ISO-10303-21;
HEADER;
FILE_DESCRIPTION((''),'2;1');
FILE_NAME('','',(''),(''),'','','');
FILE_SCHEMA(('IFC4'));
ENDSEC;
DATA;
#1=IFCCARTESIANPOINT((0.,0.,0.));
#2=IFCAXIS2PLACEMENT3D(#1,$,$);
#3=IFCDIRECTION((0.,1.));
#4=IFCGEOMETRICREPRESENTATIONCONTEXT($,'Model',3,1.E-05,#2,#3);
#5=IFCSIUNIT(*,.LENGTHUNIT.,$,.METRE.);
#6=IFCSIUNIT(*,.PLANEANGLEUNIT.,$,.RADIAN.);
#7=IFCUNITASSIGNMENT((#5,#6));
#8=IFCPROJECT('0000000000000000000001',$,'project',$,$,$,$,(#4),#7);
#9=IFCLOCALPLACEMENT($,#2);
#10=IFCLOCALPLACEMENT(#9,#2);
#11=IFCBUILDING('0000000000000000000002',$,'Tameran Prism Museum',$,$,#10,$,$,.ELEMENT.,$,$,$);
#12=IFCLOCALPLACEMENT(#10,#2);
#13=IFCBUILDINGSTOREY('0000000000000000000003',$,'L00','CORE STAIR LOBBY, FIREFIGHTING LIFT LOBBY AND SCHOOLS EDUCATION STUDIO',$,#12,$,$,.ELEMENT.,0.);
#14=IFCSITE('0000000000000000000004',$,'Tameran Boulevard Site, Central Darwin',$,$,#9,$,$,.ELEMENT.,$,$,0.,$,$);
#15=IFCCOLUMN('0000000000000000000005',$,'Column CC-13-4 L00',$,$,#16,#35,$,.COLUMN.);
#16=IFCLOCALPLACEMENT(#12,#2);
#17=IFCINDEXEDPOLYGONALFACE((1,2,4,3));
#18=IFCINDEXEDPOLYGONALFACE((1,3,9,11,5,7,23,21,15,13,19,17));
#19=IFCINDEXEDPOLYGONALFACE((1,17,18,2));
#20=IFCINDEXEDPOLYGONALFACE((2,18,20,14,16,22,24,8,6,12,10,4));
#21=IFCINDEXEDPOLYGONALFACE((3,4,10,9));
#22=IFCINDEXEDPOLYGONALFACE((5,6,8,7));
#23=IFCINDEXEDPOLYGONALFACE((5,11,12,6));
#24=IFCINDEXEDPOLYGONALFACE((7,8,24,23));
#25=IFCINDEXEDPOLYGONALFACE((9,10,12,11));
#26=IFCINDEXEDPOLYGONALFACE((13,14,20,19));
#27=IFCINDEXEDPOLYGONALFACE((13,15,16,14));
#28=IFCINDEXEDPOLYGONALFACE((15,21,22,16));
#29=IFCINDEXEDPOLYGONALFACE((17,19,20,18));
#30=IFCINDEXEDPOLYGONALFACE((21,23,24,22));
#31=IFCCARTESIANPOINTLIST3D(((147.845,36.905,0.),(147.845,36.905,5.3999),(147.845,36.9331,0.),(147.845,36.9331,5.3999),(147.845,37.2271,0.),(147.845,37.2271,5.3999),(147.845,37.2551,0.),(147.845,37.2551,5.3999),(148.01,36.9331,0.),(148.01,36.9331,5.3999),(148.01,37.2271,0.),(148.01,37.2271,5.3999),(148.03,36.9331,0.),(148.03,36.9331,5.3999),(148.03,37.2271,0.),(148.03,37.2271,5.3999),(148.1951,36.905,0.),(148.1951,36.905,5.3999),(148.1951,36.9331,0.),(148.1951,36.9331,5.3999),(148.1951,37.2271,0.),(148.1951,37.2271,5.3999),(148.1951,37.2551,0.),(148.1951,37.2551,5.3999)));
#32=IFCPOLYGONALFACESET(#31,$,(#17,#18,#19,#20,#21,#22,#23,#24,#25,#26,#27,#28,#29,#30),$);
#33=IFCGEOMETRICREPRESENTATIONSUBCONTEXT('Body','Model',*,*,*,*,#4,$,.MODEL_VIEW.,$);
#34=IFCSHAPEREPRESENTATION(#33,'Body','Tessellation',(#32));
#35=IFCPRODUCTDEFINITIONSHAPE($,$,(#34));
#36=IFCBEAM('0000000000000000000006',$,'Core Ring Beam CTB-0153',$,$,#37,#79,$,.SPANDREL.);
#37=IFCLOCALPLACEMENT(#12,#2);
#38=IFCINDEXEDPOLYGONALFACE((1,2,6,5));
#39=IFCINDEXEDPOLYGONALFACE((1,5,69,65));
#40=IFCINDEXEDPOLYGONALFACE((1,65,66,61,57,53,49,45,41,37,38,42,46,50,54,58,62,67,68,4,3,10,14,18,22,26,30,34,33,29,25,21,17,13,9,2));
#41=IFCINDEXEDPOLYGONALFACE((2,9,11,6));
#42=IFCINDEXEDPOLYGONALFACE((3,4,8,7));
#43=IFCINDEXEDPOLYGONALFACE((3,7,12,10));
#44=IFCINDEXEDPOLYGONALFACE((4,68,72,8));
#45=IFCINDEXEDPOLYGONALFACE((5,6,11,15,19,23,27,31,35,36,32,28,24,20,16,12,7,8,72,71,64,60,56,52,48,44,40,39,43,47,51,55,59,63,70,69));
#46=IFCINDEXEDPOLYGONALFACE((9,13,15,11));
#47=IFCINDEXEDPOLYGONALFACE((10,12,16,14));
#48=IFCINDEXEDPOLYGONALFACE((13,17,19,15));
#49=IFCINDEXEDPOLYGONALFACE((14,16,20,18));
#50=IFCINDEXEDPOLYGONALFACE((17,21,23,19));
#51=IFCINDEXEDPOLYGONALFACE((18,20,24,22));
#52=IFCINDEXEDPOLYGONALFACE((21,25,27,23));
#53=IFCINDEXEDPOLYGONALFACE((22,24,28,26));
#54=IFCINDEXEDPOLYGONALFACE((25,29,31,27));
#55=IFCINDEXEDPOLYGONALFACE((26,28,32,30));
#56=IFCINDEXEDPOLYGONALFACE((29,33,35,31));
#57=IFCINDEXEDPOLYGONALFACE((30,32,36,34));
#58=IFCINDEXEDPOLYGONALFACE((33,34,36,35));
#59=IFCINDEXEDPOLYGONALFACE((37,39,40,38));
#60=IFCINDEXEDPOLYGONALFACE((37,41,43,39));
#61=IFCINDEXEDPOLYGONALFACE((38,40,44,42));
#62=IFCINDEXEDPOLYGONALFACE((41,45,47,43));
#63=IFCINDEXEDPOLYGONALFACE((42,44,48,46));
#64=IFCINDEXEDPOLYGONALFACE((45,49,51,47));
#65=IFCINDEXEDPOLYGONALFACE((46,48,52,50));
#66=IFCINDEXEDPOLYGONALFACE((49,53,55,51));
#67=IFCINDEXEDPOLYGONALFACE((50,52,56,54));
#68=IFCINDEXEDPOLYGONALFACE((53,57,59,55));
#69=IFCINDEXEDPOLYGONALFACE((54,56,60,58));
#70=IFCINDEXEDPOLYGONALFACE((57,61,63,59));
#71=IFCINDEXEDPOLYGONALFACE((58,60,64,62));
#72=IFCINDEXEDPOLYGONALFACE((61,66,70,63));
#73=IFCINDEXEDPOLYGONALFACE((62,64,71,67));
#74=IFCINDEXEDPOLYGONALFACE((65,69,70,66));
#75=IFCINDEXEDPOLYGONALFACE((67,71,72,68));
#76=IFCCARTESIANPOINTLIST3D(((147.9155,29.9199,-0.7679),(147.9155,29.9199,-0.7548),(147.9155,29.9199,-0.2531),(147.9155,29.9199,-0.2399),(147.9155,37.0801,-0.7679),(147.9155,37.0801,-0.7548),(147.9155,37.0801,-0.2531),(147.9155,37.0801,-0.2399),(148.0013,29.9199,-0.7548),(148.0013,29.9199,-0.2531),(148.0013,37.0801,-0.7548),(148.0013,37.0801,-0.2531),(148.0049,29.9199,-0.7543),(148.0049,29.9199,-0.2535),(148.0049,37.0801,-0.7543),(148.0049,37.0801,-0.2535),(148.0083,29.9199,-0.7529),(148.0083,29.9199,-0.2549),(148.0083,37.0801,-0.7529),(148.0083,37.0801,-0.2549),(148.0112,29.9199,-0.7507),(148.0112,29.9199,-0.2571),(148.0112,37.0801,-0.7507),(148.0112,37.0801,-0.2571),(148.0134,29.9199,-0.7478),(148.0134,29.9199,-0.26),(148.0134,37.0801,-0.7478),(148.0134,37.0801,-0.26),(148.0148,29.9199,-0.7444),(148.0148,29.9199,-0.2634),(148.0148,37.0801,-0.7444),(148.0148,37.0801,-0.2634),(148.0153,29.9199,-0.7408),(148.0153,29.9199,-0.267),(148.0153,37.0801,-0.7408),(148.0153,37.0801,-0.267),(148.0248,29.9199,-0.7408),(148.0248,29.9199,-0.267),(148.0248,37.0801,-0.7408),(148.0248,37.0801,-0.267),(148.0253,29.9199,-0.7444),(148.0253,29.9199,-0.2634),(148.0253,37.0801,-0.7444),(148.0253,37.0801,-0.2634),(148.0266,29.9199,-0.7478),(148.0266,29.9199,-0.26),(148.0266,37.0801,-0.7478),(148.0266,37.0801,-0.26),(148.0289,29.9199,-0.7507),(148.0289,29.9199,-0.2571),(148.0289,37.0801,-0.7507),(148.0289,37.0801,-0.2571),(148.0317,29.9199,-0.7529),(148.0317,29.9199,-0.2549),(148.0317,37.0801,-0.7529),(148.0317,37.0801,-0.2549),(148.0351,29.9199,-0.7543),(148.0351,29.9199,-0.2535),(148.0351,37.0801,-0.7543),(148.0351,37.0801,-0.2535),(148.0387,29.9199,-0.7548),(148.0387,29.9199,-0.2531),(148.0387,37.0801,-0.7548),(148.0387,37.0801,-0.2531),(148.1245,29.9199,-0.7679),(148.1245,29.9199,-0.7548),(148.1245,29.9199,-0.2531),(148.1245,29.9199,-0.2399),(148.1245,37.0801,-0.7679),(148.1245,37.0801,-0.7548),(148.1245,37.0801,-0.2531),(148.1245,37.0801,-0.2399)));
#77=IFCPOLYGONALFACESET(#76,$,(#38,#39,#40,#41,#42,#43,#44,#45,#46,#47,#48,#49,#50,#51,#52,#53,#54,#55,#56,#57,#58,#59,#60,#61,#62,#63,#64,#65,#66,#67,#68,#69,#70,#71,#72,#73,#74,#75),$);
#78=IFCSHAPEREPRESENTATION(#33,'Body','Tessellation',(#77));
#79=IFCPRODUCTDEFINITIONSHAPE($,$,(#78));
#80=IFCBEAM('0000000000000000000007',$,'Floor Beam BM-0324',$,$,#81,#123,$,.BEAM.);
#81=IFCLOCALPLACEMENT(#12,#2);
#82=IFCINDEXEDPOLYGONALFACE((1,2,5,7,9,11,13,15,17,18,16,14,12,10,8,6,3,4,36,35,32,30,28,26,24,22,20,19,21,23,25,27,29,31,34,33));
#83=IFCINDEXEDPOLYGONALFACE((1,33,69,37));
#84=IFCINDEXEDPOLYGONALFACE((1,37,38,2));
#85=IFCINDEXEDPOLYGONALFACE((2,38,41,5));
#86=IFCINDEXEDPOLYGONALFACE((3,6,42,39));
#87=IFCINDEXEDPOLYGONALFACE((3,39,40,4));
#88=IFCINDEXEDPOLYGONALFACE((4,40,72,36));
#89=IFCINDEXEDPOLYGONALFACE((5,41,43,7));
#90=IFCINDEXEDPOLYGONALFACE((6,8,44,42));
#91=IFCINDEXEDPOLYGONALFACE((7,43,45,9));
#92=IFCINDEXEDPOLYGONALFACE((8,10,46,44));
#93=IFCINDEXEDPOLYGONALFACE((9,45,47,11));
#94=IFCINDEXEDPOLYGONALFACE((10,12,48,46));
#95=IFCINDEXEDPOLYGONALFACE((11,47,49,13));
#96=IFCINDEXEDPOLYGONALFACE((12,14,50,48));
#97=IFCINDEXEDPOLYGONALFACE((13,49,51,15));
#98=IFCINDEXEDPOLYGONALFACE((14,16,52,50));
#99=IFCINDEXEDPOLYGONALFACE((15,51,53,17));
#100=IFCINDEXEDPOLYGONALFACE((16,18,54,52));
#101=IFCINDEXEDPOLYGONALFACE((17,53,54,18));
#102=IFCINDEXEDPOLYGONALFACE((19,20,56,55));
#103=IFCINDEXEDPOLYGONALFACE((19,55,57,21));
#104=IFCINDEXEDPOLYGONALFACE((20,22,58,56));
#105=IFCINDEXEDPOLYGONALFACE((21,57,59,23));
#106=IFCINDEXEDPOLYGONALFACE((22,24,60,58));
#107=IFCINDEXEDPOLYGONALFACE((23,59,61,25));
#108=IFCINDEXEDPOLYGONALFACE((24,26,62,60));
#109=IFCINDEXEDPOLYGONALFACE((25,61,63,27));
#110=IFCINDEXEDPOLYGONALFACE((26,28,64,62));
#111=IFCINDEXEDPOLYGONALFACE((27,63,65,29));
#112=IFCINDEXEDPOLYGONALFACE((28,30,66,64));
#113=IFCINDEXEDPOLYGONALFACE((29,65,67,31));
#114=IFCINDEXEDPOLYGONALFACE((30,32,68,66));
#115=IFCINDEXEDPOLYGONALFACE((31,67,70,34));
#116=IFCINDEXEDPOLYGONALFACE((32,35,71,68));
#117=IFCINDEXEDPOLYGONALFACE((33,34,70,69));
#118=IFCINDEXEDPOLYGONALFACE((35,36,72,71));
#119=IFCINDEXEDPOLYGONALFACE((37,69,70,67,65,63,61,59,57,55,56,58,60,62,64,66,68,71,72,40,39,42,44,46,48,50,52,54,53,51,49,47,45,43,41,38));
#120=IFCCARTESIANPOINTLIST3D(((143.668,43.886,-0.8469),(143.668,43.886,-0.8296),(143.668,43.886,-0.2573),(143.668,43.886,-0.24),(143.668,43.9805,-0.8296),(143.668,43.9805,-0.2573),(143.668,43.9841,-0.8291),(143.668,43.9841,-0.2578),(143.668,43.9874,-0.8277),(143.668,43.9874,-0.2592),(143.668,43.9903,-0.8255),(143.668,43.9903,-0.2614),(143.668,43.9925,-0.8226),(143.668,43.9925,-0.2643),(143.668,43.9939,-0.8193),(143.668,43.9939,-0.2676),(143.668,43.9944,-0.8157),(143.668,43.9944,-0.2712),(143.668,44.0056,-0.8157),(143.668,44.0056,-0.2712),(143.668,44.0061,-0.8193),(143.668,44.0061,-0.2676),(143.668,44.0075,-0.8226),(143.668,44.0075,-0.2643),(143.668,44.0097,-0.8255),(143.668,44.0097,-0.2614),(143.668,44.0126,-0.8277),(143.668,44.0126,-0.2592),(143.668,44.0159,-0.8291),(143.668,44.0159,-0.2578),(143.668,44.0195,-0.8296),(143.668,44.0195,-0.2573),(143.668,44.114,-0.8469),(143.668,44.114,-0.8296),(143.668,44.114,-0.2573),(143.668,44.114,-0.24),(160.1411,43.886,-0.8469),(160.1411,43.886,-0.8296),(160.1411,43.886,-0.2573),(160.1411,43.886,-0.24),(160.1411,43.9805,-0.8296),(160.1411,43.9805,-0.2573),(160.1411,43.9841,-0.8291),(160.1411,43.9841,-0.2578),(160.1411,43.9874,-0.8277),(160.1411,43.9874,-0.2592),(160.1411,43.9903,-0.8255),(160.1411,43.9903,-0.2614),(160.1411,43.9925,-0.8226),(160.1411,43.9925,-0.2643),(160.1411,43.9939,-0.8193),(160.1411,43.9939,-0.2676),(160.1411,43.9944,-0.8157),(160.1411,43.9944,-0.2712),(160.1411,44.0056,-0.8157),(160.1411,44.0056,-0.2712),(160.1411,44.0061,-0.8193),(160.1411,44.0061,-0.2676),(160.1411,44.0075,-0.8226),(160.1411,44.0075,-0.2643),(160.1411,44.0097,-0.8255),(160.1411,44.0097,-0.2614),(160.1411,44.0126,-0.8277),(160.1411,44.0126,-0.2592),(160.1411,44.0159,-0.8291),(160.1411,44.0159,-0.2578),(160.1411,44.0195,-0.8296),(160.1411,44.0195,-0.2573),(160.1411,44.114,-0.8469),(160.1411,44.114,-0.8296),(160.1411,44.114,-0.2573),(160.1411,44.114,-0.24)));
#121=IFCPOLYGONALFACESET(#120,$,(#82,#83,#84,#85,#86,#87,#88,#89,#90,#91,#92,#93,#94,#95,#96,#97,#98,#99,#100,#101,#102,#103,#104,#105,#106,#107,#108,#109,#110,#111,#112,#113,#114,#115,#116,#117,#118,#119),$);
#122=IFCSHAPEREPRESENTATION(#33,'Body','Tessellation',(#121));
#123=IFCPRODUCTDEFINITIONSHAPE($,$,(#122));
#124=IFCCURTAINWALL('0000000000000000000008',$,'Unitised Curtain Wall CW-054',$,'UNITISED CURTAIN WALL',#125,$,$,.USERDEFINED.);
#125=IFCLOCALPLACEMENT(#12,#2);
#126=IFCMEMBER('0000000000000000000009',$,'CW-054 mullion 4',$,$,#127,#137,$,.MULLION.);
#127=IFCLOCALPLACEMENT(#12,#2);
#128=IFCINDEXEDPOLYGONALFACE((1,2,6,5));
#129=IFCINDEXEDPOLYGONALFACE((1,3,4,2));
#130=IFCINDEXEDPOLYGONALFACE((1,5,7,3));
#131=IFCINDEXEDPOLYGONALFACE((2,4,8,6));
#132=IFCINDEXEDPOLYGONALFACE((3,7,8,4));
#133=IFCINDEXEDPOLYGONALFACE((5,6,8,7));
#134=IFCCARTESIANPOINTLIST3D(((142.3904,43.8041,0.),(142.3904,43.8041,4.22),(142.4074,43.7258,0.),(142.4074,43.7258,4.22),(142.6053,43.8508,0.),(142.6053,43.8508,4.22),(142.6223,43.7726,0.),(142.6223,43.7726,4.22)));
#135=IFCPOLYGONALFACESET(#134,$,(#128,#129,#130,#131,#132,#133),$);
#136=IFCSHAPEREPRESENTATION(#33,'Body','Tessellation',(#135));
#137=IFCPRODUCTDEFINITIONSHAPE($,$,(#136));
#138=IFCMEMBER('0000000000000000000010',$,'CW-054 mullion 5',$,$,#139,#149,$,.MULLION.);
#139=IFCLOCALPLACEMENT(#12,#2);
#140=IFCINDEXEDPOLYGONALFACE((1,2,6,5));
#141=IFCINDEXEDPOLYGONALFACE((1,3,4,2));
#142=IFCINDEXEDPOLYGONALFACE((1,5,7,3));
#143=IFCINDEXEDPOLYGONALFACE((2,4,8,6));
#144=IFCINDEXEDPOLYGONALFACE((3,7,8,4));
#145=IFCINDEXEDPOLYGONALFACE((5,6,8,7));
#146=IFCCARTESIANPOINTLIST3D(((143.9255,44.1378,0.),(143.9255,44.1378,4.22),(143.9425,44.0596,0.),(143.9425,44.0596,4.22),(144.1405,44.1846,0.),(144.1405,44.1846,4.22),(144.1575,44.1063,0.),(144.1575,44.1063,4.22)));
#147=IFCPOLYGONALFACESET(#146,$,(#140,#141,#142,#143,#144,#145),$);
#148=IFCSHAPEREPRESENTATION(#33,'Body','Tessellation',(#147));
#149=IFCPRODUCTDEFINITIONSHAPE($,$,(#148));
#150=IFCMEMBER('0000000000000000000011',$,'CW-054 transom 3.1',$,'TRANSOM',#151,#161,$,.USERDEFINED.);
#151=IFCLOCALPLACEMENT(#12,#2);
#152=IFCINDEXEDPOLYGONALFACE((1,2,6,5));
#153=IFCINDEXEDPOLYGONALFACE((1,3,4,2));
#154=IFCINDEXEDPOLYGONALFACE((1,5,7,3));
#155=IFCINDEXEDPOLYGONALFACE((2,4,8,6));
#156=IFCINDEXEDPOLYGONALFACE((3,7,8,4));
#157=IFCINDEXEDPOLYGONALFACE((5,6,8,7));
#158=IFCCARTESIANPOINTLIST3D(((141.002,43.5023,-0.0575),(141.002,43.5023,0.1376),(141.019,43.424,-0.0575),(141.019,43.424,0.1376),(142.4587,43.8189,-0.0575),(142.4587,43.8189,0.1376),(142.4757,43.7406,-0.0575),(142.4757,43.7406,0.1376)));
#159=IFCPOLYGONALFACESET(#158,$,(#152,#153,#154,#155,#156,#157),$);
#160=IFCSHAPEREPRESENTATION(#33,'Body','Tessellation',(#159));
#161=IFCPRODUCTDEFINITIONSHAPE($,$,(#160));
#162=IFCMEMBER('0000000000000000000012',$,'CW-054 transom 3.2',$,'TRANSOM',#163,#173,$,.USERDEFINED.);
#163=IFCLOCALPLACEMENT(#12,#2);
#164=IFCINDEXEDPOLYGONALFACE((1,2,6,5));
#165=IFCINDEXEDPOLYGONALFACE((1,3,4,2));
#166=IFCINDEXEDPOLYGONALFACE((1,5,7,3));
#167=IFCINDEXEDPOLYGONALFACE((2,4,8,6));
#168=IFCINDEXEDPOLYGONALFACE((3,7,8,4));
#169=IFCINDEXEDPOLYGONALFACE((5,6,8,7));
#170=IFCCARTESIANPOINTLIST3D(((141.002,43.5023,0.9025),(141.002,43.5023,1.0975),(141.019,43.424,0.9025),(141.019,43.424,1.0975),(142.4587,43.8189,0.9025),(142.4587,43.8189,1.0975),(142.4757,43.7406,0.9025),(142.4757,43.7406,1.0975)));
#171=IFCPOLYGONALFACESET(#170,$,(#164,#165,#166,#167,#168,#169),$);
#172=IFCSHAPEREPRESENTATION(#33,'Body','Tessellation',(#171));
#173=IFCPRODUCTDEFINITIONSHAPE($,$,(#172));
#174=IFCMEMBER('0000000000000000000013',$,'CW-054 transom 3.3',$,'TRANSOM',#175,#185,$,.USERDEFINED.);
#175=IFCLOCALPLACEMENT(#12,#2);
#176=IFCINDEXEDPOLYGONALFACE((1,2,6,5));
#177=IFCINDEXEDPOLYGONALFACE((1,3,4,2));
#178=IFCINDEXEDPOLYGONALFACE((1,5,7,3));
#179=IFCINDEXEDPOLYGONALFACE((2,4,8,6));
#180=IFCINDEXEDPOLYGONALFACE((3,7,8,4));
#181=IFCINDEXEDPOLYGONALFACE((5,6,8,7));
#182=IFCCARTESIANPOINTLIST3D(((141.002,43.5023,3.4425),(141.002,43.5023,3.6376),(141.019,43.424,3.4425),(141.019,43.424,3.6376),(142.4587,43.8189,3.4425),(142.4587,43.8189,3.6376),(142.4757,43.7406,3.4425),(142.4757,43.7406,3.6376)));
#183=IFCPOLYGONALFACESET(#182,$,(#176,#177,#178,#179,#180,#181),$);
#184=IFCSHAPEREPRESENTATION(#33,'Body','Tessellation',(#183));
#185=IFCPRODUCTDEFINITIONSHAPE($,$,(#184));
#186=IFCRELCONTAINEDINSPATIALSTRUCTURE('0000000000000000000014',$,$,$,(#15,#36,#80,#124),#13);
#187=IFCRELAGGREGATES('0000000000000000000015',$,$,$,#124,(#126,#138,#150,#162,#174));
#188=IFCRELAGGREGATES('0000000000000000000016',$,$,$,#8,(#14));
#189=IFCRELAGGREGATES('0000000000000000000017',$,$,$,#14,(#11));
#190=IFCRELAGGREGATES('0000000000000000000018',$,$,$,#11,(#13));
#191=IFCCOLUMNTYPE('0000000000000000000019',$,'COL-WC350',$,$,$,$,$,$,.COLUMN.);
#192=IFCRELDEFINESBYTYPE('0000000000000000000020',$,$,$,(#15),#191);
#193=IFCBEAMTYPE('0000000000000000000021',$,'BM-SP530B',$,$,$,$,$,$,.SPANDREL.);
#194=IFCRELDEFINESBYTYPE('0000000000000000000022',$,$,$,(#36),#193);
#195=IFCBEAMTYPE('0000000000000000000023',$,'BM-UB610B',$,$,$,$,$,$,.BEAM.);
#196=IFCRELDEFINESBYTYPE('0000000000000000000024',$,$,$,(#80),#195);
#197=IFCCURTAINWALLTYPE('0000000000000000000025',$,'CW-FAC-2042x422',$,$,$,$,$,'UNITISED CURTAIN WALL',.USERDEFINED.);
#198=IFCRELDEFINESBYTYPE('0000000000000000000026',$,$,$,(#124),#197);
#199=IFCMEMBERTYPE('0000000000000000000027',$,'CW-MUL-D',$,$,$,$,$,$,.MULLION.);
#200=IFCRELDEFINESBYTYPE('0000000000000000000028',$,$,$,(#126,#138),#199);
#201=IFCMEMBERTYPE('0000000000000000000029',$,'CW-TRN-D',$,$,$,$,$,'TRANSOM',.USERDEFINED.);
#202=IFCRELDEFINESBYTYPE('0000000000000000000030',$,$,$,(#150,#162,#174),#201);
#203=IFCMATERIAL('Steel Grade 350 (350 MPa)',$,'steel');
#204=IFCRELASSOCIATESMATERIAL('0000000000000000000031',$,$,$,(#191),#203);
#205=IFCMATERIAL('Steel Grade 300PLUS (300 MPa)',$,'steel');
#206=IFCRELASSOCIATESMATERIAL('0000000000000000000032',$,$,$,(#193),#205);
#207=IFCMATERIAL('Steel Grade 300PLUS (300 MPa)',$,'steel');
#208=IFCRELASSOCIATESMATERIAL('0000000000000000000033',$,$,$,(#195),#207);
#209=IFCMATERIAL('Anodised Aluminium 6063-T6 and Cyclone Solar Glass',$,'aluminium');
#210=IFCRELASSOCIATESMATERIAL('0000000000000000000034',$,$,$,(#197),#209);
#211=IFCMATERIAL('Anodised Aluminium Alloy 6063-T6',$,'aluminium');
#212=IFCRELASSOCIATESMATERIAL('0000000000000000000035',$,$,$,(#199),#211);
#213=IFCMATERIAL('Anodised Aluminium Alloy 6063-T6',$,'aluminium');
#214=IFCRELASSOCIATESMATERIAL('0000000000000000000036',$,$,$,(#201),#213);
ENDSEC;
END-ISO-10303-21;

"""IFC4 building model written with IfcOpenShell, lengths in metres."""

from ifc_helpers import new_model, si_unit, direction, frame, origin, origin_2d, place, context, subcontext, project, spatial, rectangle, i_section, extrude, material, material_profile, profile_set, type_object, element, aggregate, save


model = new_model("IFC4")

# Units and contexts
model_context = context("Model", 3, precision=1e-05, world=origin(), true_north=direction((0.0, 1.0)))
body_context = subcontext(model_context, "Body", "Model", "MODEL_VIEW")
ifc_project = project(units=[si_unit("LENGTHUNIT", "METRE"), si_unit("PLANEANGLEUNIT", "RADIAN")], contexts=[model_context])

# Site, building, storey
site_placement = place(None, origin())
site = spatial("IfcSite", under=ifc_project, at=site_placement, Name="Tameran Boulevard Site, Central Darwin", CompositionType="ELEMENT", RefElevation=0.0)
building_placement = place(site_placement, origin())
building = spatial("IfcBuilding", under=site, at=building_placement, Name="Tameran Prism Museum", CompositionType="ELEMENT")
storey_placement = place(building_placement, origin())
storey = spatial("IfcBuildingStorey", under=building, at=storey_placement, Name="L00", Description="CORE STAIR LOBBY, FIREFIGHTING LIFT LOBBY AND SCHOOLS EDUCATION STUDIO", CompositionType="ELEMENT", Elevation=0.0)

# Column
ifc_material_1 = material(Name="Steel Grade 350 (350 MPa)", Category="steel")
ifc_material_profile_1 = material_profile(ifc_material_1, i_section(OverallWidth=0.3501, OverallDepth=0.3501, WebThickness=0.02, FlangeThickness=0.0281, at=origin_2d()))
ifc_profile_set_1 = profile_set([ifc_material_profile_1])
column_type = type_object("IfcColumnType", Name="COL-WC350", PredefinedType="COLUMN", material=ifc_profile_set_1)
column_placement = place(storey_placement, frame((148.02, 37.0801, 0.0), z_axis=(0.0, 0.0, 1.0), x_axis=(1.0, 0.0, 0.0)))
element("IfcColumn", 1, at=column_placement, inside=storey, type_object=column_type, Name="Column CC-13-4 L00", PredefinedType="COLUMN", context=body_context, shape_type="SweptSolid", body=[
    extrude(i_section(OverallWidth=0.3501, OverallDepth=0.3501, WebThickness=0.02, FlangeThickness=0.0281, at=origin_2d()), origin(), (0.0, 0.0, 1.0), 5.3999),
])

# Beams
ifc_material_2 = material(Name="Steel Grade 300PLUS (300 MPa)", Category="steel")
ifc_material_profile_2 = material_profile(ifc_material_2, i_section(OverallWidth=0.209, OverallDepth=0.5281, WebThickness=0.0095, FlangeThickness=0.0132, FilletRadius=0.0139, at=origin_2d()))
ifc_profile_set_2 = profile_set([ifc_material_profile_2])
beam_type_1 = type_object("IfcBeamType", Name="BM-SP530B", PredefinedType="SPANDREL", material=ifc_profile_set_2)
beam_1_placement = place(storey_placement, frame((148.02, 37.0801, -0.5039), z_axis=(0.0, -1.0, 0.0), x_axis=(1.0, 0.0, 0.0)))
element("IfcBeam", 2, at=beam_1_placement, inside=storey, type_object=beam_type_1, Name="Core Ring Beam CTB-0153", PredefinedType="SPANDREL", context=body_context, shape_type="SweptSolid", body=[
    extrude(i_section(OverallWidth=0.209, OverallDepth=0.5281, WebThickness=0.0095, FlangeThickness=0.0132, FilletRadius=0.0139, at=origin_2d()), origin(), (0.0, 0.0, 1.0), 7.1602),
])
ifc_material_3 = material(Name="Steel Grade 300PLUS (300 MPa)", Category="steel")
ifc_material_profile_3 = material_profile(ifc_material_3, i_section(OverallWidth=0.228, OverallDepth=0.6069, WebThickness=0.0112, FlangeThickness=0.0173, FilletRadius=0.0139, at=origin_2d()))
ifc_profile_set_3 = profile_set([ifc_material_profile_3])
beam_type_2 = type_object("IfcBeamType", Name="BM-UB610B", PredefinedType="BEAM", material=ifc_profile_set_3)
beam_2_placement = place(storey_placement, frame((143.668, 44.0, -0.5435), z_axis=(1.0, 0.0, 0.0), x_axis=(0.0, 1.0, 0.0)))
element("IfcBeam", 3, at=beam_2_placement, inside=storey, type_object=beam_type_2, Name="Floor Beam BM-0324", PredefinedType="BEAM", context=body_context, shape_type="SweptSolid", body=[
    extrude(i_section(OverallWidth=0.228, OverallDepth=0.6069, WebThickness=0.0112, FlangeThickness=0.0173, FilletRadius=0.0139, at=origin_2d()), origin(), (0.0, 0.0, 1.0), 16.4731),
])

# Curtain wall, members
ifc_material_4 = material(Name="Anodised Aluminium 6063-T6 and Cyclone Solar Glass", Category="aluminium")
curtain_wall_type = type_object("IfcCurtainWallType", Name="CW-FAC-2042x422", ElementType="UNITISED CURTAIN WALL", PredefinedType="USERDEFINED", material=ifc_material_4)
curtain_wall_placement = place(storey_placement, origin())
curtain_wall = element("IfcCurtainWall", 4, at=curtain_wall_placement, inside=storey, type_object=curtain_wall_type, Name="Unitised Curtain Wall CW-054", ObjectType="UNITISED CURTAIN WALL", PredefinedType="USERDEFINED")
ifc_material_5 = material(Name="Anodised Aluminium Alloy 6063-T6", Category="aluminium")
ifc_material_profile_4 = material_profile(ifc_material_5, rectangle(XDim=0.0801, YDim=0.22, at=origin_2d()))
ifc_profile_set_4 = profile_set([ifc_material_profile_4])
member_type_1 = type_object("IfcMemberType", Name="CW-MUL-D", PredefinedType="MULLION", material=ifc_profile_set_4)
member_1_placement = place(storey_placement, frame((142.5063, 43.7883, 0.0), z_axis=(0.0, 0.0, 1.0), x_axis=(-0.212454, 0.977171, 0.0)))
member_1 = element("IfcMember", 5, at=member_1_placement, type_object=member_type_1, Name="CW-054 mullion 4", PredefinedType="MULLION", context=body_context, shape_type="SweptSolid", body=[
    extrude(rectangle(XDim=0.0801, YDim=0.22, at=origin_2d()), origin(), (0.0, 0.0, 1.0), 4.22),
])
member_2_placement = place(storey_placement, frame((144.0415, 44.1221, 0.0), z_axis=(0.0, 0.0, 1.0), x_axis=(-0.212454, 0.977171, 0.0)))
member_2 = element("IfcMember", 6, at=member_2_placement, type_object=member_type_1, Name="CW-054 mullion 5", PredefinedType="MULLION", context=body_context, shape_type="SweptSolid", body=[
    extrude(rectangle(XDim=0.0801, YDim=0.22, at=origin_2d()), origin(), (0.0, 0.0, 1.0), 4.22),
])
ifc_material_6 = material(Name="Anodised Aluminium Alloy 6063-T6", Category="aluminium")
ifc_material_profile_5 = material_profile(ifc_material_6, rectangle(XDim=0.0801, YDim=0.1951, at=origin_2d()))
ifc_profile_set_5 = profile_set([ifc_material_profile_5])
member_type_2 = type_object("IfcMemberType", Name="CW-TRN-D", ElementType="TRANSOM", PredefinedType="USERDEFINED", material=ifc_profile_set_5)
member_3_placement = place(storey_placement, frame((141.0105, 43.4631, 0.04), z_axis=(0.977182, 0.212402, 0.0), x_axis=(-0.212402, 0.977182, 0.0)))
member_3 = element("IfcMember", 7, at=member_3_placement, type_object=member_type_2, Name="CW-054 transom 3.1", ObjectType="TRANSOM", PredefinedType="USERDEFINED", context=body_context, shape_type="SweptSolid", body=[
    extrude(rectangle(XDim=0.0801, YDim=0.1951, at=origin_2d()), origin(), (0.0, 0.0, 1.0), 1.4907),
])
member_4_placement = place(storey_placement, frame((141.0105, 43.4631, 1.0), z_axis=(0.977182, 0.212402, 0.0), x_axis=(-0.212402, 0.977182, 0.0)))
member_4 = element("IfcMember", 8, at=member_4_placement, type_object=member_type_2, Name="CW-054 transom 3.2", ObjectType="TRANSOM", PredefinedType="USERDEFINED", context=body_context, shape_type="SweptSolid", body=[
    extrude(rectangle(XDim=0.0801, YDim=0.1951, at=origin_2d()), origin(), (0.0, 0.0, 1.0), 1.4907),
])
member_5_placement = place(storey_placement, frame((141.0105, 43.4631, 3.54), z_axis=(0.977182, 0.212402, 0.0), x_axis=(-0.212402, 0.977182, 0.0)))
member_5 = element("IfcMember", 9, at=member_5_placement, type_object=member_type_2, Name="CW-054 transom 3.3", ObjectType="TRANSOM", PredefinedType="USERDEFINED", context=body_context, shape_type="SweptSolid", body=[
    extrude(rectangle(XDim=0.0801, YDim=0.1951, at=origin_2d()), origin(), (0.0, 0.0, 1.0), 1.4907),
])
aggregate(curtain_wall, [member_1, member_2, member_3, member_4, member_5])

save(model, "model.ifc")
